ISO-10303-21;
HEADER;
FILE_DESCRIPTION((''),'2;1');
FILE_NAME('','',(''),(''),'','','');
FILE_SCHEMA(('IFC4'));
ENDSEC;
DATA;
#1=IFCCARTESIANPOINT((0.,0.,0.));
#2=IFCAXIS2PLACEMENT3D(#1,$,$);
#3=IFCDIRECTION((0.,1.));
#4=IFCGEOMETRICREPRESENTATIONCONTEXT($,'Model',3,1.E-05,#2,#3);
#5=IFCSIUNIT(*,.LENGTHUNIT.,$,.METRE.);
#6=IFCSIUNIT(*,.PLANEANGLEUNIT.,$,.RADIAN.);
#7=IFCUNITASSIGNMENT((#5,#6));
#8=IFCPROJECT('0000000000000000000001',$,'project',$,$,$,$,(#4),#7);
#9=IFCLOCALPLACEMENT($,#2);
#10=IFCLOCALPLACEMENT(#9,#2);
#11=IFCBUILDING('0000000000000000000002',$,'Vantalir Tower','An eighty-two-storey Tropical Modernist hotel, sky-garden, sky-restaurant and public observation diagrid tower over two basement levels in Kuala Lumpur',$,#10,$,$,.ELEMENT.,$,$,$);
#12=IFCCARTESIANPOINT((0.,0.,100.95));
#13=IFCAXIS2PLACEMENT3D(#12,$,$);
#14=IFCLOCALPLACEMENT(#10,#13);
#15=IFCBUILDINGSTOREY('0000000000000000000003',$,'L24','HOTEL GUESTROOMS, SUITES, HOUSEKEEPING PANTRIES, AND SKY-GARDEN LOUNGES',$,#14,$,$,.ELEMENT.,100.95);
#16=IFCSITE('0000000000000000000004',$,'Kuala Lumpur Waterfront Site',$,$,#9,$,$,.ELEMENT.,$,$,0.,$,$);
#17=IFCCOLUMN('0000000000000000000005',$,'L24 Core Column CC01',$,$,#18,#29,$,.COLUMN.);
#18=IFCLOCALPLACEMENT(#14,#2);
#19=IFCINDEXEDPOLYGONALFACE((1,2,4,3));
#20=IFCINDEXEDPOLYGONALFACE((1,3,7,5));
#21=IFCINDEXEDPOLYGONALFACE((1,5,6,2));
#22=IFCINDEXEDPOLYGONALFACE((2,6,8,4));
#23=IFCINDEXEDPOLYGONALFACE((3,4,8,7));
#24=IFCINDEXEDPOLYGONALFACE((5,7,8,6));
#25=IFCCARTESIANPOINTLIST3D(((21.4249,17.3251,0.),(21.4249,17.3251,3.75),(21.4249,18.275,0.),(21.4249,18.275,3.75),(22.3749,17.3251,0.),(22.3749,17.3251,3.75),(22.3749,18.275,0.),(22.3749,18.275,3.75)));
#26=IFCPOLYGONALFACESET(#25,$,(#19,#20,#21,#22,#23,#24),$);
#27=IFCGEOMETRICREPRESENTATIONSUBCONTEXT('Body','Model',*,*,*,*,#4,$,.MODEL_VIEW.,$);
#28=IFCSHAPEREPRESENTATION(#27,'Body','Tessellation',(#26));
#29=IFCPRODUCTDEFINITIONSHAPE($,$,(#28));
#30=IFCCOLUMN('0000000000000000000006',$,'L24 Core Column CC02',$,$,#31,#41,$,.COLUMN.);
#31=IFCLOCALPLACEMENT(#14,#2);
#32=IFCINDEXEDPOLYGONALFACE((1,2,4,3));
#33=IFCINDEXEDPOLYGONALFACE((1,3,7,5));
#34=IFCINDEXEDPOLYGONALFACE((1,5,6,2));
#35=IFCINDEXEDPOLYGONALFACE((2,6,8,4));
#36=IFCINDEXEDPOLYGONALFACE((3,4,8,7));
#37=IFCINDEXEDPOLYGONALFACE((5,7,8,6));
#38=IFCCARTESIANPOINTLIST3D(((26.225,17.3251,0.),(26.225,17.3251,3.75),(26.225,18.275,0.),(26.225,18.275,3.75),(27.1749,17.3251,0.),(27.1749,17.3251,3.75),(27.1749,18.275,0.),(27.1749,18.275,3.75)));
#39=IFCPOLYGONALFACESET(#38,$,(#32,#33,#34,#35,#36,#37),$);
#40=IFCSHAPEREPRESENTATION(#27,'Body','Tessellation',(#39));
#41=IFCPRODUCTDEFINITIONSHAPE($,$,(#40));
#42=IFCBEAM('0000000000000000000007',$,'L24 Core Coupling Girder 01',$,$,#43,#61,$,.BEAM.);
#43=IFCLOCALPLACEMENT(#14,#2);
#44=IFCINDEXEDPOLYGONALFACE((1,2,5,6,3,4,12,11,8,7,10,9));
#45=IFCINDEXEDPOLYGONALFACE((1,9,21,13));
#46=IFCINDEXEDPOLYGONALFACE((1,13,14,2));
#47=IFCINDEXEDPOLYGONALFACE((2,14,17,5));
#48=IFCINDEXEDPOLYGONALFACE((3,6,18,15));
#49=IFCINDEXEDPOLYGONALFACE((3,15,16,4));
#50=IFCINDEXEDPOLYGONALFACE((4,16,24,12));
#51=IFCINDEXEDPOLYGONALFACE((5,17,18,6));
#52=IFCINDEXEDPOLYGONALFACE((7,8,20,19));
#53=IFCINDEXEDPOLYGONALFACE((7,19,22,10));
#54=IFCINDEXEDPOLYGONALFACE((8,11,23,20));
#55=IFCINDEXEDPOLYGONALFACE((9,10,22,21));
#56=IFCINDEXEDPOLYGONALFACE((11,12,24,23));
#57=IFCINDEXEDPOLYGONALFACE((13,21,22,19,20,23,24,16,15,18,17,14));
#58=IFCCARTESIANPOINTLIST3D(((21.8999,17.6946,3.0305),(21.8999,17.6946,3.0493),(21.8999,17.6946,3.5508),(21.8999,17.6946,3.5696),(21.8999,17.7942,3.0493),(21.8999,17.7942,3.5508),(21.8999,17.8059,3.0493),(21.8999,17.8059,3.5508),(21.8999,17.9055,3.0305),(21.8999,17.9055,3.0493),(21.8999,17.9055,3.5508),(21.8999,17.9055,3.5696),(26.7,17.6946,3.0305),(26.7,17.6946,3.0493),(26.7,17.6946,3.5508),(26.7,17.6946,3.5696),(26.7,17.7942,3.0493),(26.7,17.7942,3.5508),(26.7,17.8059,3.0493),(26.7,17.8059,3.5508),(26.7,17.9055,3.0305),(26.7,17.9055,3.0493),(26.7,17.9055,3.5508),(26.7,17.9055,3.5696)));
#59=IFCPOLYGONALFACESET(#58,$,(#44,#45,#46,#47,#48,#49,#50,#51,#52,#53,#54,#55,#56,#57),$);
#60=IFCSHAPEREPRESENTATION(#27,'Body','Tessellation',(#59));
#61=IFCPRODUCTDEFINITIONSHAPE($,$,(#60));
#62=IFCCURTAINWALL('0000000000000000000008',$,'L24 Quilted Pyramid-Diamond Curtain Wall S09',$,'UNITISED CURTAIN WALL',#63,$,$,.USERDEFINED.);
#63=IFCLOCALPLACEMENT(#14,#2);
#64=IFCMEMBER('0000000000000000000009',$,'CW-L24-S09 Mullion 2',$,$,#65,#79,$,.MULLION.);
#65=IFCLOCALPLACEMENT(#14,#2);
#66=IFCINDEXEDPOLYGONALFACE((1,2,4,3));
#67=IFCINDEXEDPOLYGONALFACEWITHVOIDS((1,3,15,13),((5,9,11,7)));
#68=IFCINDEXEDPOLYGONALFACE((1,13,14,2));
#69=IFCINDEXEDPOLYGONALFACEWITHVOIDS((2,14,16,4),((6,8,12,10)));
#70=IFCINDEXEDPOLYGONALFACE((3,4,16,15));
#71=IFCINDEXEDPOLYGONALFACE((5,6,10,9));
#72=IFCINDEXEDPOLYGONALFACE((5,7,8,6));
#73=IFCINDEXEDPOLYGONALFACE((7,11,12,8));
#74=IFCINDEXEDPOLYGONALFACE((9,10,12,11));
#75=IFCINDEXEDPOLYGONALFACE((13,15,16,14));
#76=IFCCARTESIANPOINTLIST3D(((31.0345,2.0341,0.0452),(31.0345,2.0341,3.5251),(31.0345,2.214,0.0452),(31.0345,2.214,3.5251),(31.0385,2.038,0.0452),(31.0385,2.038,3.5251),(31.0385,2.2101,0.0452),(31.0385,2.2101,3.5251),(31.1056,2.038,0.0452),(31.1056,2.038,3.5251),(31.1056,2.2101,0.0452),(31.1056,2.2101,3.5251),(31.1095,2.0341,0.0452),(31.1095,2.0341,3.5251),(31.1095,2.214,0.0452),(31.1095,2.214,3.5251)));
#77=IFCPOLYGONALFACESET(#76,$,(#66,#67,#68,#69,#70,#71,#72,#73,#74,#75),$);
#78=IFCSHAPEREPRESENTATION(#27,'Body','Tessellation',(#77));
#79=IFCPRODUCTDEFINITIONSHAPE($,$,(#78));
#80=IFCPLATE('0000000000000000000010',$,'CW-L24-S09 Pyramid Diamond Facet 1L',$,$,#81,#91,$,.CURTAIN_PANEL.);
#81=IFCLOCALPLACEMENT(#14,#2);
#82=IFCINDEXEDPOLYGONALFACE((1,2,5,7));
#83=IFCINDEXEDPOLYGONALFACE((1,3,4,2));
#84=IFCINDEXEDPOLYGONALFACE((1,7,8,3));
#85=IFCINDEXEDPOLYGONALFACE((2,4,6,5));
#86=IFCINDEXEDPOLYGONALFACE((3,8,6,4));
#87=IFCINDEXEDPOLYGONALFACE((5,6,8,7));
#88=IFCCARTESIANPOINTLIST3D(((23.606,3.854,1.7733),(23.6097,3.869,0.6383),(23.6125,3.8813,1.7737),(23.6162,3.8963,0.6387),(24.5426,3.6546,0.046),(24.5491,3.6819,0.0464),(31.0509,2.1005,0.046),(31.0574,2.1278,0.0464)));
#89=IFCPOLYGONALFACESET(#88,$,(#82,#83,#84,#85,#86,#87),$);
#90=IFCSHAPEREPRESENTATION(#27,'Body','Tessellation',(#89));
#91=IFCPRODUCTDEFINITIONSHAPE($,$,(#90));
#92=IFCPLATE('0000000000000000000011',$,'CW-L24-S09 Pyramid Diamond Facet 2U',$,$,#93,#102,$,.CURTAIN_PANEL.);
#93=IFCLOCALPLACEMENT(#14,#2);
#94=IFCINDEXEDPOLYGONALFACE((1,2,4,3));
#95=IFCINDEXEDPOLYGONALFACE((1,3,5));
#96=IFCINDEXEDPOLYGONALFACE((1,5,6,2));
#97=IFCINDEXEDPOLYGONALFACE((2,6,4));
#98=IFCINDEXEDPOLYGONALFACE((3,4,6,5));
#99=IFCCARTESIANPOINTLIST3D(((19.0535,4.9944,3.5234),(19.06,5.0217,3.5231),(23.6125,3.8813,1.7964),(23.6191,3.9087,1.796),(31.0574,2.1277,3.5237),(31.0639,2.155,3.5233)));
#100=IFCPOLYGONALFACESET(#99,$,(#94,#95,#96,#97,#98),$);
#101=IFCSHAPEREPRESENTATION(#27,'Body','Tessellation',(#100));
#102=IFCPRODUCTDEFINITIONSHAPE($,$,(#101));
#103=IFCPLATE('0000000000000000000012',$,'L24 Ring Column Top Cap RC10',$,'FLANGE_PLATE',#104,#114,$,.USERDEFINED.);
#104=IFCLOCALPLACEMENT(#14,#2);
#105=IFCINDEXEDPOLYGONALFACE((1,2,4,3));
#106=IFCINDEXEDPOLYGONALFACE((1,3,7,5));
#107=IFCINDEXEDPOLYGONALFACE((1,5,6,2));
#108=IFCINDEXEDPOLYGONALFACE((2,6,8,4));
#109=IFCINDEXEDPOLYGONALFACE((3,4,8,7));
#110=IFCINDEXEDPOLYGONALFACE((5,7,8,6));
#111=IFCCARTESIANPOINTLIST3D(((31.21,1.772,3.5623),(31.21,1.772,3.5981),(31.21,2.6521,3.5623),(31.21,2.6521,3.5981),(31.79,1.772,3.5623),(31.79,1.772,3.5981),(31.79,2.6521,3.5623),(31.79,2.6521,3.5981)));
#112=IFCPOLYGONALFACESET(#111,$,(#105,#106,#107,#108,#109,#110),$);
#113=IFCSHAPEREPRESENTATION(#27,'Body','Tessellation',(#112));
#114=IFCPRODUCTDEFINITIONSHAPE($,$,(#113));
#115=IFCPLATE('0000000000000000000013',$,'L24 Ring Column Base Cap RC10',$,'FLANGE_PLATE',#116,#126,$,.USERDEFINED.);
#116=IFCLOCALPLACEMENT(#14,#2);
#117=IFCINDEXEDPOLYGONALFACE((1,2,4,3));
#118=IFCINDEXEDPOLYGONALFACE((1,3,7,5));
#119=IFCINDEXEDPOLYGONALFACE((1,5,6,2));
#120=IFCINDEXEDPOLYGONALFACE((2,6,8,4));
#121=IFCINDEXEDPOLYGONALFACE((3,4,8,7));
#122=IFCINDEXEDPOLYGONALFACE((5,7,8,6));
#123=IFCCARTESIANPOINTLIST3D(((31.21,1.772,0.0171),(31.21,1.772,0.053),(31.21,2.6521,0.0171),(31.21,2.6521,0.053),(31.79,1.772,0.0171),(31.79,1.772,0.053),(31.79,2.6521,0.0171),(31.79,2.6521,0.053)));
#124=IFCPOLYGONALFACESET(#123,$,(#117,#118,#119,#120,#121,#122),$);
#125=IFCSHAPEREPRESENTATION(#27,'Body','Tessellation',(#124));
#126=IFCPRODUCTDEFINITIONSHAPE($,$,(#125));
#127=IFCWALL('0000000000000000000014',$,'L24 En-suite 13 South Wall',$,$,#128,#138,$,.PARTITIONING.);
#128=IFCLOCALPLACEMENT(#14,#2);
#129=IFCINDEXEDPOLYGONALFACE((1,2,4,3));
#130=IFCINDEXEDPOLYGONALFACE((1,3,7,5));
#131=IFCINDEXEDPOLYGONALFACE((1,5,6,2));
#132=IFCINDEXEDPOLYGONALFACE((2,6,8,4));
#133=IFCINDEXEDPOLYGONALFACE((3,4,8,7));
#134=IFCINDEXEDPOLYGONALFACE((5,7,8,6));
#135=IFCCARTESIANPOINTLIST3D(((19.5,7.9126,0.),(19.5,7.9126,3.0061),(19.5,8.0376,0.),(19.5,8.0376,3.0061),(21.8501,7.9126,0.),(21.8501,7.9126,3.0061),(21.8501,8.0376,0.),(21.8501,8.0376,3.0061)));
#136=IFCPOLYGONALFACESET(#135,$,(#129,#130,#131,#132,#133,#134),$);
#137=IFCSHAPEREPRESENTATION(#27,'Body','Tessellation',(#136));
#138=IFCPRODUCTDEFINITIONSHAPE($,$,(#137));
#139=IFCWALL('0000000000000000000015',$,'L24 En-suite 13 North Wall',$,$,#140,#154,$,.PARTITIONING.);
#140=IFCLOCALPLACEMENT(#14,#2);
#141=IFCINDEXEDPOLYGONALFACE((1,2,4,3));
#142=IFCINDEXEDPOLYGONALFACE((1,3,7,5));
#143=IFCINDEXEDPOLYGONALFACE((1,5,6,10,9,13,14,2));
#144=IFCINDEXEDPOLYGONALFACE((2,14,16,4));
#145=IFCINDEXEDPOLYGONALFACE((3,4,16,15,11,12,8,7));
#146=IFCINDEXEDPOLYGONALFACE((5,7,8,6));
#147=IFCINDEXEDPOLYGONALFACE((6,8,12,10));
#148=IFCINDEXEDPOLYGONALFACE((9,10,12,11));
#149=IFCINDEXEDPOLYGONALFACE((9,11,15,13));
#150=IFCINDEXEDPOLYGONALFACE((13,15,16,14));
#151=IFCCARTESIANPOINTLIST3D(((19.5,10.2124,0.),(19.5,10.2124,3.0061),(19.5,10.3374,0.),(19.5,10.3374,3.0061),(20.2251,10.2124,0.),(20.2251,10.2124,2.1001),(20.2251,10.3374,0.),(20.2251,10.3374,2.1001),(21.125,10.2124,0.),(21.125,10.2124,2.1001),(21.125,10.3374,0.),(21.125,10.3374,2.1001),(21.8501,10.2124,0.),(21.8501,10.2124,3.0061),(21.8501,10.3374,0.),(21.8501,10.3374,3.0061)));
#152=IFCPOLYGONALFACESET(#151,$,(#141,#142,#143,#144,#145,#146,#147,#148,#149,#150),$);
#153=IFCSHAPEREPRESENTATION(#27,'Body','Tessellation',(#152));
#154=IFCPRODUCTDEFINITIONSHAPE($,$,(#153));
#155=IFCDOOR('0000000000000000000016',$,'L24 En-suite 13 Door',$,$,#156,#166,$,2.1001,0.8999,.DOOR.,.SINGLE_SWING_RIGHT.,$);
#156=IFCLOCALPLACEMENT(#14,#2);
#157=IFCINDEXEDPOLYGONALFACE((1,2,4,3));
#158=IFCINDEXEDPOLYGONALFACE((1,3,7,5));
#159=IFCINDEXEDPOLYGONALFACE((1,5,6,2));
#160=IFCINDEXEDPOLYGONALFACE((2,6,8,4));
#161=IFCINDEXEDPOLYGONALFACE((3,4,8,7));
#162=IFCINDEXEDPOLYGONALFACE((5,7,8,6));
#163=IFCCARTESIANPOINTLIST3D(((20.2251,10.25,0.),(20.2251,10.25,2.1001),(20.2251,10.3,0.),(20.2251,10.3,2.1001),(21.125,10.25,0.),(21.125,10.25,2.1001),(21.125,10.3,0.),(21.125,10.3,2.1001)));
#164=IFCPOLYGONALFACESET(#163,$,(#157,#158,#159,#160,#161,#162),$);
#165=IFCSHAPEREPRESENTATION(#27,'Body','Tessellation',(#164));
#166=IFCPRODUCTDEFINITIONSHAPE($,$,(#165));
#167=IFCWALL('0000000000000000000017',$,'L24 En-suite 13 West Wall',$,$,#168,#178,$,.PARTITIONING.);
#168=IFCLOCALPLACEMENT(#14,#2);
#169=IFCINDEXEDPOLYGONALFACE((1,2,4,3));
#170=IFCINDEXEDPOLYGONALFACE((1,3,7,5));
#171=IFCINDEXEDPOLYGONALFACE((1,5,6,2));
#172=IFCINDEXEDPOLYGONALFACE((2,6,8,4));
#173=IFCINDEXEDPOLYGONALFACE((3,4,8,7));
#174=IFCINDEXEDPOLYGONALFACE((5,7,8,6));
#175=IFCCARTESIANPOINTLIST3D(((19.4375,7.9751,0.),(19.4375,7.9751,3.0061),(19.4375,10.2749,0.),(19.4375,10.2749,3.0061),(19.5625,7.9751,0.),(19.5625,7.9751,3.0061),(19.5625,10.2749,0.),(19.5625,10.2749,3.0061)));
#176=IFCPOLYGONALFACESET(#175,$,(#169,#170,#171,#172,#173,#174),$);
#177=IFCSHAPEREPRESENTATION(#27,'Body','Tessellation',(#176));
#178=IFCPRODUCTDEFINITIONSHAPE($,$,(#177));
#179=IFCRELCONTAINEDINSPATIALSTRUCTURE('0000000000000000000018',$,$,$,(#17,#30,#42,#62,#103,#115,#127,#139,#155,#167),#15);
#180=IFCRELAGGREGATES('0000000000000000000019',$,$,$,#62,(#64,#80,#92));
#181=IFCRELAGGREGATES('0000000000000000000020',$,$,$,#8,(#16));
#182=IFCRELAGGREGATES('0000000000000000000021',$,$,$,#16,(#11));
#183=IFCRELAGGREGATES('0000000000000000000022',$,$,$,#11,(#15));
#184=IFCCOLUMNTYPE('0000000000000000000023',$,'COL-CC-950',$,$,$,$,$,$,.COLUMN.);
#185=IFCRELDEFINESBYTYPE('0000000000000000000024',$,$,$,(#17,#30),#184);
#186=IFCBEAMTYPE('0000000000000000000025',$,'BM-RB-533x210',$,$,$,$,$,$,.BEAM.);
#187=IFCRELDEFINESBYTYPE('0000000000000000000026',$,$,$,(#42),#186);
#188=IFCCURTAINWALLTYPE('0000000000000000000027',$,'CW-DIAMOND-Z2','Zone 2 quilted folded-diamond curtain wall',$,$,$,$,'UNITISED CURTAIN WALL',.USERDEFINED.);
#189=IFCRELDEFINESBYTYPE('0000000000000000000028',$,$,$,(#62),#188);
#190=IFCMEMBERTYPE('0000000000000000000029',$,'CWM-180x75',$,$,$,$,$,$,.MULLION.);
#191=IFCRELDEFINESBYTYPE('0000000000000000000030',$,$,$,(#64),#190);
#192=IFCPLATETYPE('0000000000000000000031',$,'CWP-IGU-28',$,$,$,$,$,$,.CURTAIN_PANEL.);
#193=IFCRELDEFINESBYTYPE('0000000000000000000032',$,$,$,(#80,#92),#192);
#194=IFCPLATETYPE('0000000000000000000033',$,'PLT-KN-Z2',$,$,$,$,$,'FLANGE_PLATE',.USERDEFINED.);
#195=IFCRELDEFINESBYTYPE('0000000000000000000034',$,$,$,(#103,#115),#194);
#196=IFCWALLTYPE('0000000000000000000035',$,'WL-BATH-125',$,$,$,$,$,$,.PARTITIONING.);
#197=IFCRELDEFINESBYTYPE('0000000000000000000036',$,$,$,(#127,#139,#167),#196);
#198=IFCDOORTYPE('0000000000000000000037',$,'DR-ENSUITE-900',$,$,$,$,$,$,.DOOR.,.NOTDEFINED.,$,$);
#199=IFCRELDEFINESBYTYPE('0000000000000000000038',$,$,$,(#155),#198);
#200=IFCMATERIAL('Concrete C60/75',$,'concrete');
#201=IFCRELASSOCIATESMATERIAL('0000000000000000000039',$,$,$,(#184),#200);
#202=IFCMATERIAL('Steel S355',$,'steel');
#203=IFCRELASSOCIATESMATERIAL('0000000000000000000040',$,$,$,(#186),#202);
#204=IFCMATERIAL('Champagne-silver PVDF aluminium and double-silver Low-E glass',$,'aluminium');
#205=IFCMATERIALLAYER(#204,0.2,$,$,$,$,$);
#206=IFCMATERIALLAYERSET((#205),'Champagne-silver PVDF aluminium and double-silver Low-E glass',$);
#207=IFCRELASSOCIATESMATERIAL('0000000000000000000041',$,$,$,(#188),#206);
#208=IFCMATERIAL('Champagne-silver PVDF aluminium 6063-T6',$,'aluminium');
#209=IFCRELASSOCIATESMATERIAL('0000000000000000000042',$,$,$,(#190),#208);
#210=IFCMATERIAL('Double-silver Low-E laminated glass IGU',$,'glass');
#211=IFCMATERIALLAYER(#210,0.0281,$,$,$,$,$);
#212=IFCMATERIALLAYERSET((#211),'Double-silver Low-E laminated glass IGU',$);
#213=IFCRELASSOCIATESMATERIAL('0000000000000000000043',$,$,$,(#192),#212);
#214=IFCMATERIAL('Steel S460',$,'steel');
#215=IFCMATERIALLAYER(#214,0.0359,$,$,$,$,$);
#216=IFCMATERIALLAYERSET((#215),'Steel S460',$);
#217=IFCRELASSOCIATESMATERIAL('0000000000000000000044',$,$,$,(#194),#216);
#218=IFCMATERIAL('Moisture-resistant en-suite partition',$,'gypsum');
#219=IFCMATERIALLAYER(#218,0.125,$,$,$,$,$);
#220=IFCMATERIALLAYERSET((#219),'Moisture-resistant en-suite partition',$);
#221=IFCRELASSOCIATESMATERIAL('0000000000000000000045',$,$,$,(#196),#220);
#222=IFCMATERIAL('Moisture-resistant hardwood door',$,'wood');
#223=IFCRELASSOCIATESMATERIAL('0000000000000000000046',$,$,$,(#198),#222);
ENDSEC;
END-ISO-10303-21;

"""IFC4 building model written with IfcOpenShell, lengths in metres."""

from ifc_helpers import new_model, si_unit, direction, frame, frame_2d, origin, origin_2d, place, context, subcontext, project, spatial, polyline, rectangle, hollow_rectangle, i_section, outline, extrude, material, layer, layer_set, material_profile, profile_set, type_object, element, fill, aggregate, save


model = new_model("IFC4")

# Units and contexts
model_context = context("Model", 3, precision=1e-05, world=origin(), true_north=direction((0.0, 1.0)))
body_context = subcontext(model_context, "Body", "Model", "MODEL_VIEW")
ifc_project = project(units=[si_unit("LENGTHUNIT", "METRE"), si_unit("PLANEANGLEUNIT", "RADIAN")], contexts=[model_context])

# Site, building, storey
site_placement = place(None, origin())
site = spatial("IfcSite", under=ifc_project, at=site_placement, Name="Kuala Lumpur Waterfront Site", CompositionType="ELEMENT", RefElevation=0.0)
building_placement = place(site_placement, origin())
building = spatial("IfcBuilding", under=site, at=building_placement, Name="Vantalir Tower", Description="An eighty-two-storey Tropical Modernist hotel, sky-garden, sky-restaurant and public observation diagrid tower over two basement levels in Kuala Lumpur", CompositionType="ELEMENT")
storey_placement = place(building_placement, frame((0.0, 0.0, 100.95)))
storey = spatial("IfcBuildingStorey", under=building, at=storey_placement, Name="L24", Description="HOTEL GUESTROOMS, SUITES, HOUSEKEEPING PANTRIES, AND SKY-GARDEN LOUNGES", CompositionType="ELEMENT", Elevation=100.95)

# Columns
ifc_material_1 = material(Name="Concrete C60/75", Category="concrete")
ifc_material_profile_1 = material_profile(ifc_material_1, rectangle(XDim=0.95, YDim=0.95, at=origin_2d()), Name="Concrete C60/75")
ifc_profile_set_1 = profile_set([ifc_material_profile_1], Name="Concrete C60/75")
column_type = type_object("IfcColumnType", Name="COL-CC-950", PredefinedType="COLUMN", material=ifc_profile_set_1)
for number, where, z_axis, x_axis, name in (
    (1, (21.8999, 17.8, 0.0), (0.0, 0.0, 1.0), (1.0, 0.0, 0.0), "L24 Core Column CC01"),
    (2, (26.7, 17.8, 0.0), (0.0, 0.0, 1.0), (1.0, 0.0, 0.0), "L24 Core Column CC02"),
):
    element("IfcColumn", number, at=place(storey_placement, frame(where, z_axis=z_axis, x_axis=x_axis)), inside=storey, type_object=column_type, Name=name, PredefinedType="COLUMN", context=body_context, shape_type="SweptSolid", body=[
        extrude(rectangle(XDim=0.95, YDim=0.95, at=origin_2d()), origin(), (0.0, 0.0, 1.0), 3.75),
    ])

# Beam
ifc_material_2 = material(Name="Steel S355", Category="steel")
ifc_material_profile_2 = material_profile(ifc_material_2, i_section(OverallWidth=0.2109, OverallDepth=0.5391, WebThickness=0.0117, FlangeThickness=0.0188, at=origin_2d()), Name="Steel S355")
ifc_profile_set_2 = profile_set([ifc_material_profile_2], Name="Steel S355")
beam_type = type_object("IfcBeamType", Name="BM-RB-533x210", PredefinedType="BEAM", material=ifc_profile_set_2)
beam_placement = place(storey_placement, frame((21.8999, 17.8, 3.3), z_axis=(1.0, 0.0, 0.0), x_axis=(0.0, 1.0, 0.0)))
element("IfcBeam", 3, at=beam_placement, inside=storey, type_object=beam_type, Name="L24 Core Coupling Girder 01", PredefinedType="BEAM", context=body_context, shape_type="SweptSolid", body=[
    extrude(i_section(OverallWidth=0.2109, OverallDepth=0.5391, WebThickness=0.0117, FlangeThickness=0.0188, at=origin_2d()), origin(), (0.0, 0.0, 1.0), 4.8),
])

# Curtain wall, member, plates
ifc_material_3 = material(Name="Champagne-silver PVDF aluminium and double-silver Low-E glass", Category="aluminium")
ifc_layer_1 = layer(ifc_material_3, 0.2)
ifc_layer_set_1 = layer_set([ifc_layer_1], Name="Champagne-silver PVDF aluminium and double-silver Low-E glass")
curtain_wall_type = type_object("IfcCurtainWallType", Name="CW-DIAMOND-Z2", Description="Zone 2 quilted folded-diamond curtain wall", ElementType="UNITISED CURTAIN WALL", PredefinedType="USERDEFINED", material=ifc_layer_set_1)
curtain_wall_placement = place(storey_placement, origin())
curtain_wall = element("IfcCurtainWall", 4, at=curtain_wall_placement, inside=storey, type_object=curtain_wall_type, Name="L24 Quilted Pyramid-Diamond Curtain Wall S09", ObjectType="UNITISED CURTAIN WALL", PredefinedType="USERDEFINED")
ifc_material_4 = material(Name="Champagne-silver PVDF aluminium 6063-T6", Category="aluminium")
ifc_material_profile_3 = material_profile(ifc_material_4, hollow_rectangle(XDim=0.075, YDim=0.1799, WallThickness=0.0039, at=origin_2d()), Name="Champagne-silver PVDF aluminium 6063-T6")
ifc_profile_set_3 = profile_set([ifc_material_profile_3], Name="Champagne-silver PVDF aluminium 6063-T6")
member_type = type_object("IfcMemberType", Name="CWM-180x75", PredefinedType="MULLION", material=ifc_profile_set_3)
member_placement = place(storey_placement, frame((31.072, 2.124, 0.0452), z_axis=(0.0, 0.0, 1.0), x_axis=(1.0, 0.0, 0.0)))
member = element("IfcMember", 5, at=member_placement, type_object=member_type, Name="CW-L24-S09 Mullion 2", PredefinedType="MULLION", context=body_context, shape_type="SweptSolid", body=[
    extrude(hollow_rectangle(XDim=0.075, YDim=0.1799, WallThickness=0.0039, at=origin_2d()), origin(), (0.0, 0.0, 1.0), 3.48),
])
ifc_material_5 = material(Name="Double-silver Low-E laminated glass IGU", Category="glass")
ifc_layer_2 = layer(ifc_material_5, 0.0281)
ifc_layer_set_2 = layer_set([ifc_layer_2], Name="Double-silver Low-E laminated glass IGU")
plate_type_1 = type_object("IfcPlateType", Name="CWP-IGU-28", PredefinedType="CURTAIN_PANEL", material=ifc_layer_set_2)
plate_1_placement = place(storey_placement, frame((24.5491, 3.6819, 0.0464), z_axis=(0.232234, 0.972565, 0.013606), x_axis=(0.972655, -0.232256, 0.0)))
plate_1 = element("IfcPlate", 6, at=plate_1_placement, type_object=plate_type_1, Name="CW-L24-S09 Pyramid Diamond Facet 1L", PredefinedType="CURTAIN_PANEL", context=body_context, shape_type="SweptSolid", body=[
    extrude(outline(polyline([(0.0, 0.0), (6.6913, 0.0), (-0.9572, -1.7275), (-0.9571, -0.5923), (0.0, 0.0)])), origin(), (0.0, 0.0, -1.0), 0.0281),
])
plate_2_placement = place(storey_placement, frame((31.0574, 2.1277, 3.5237), z_axis=(-0.232261, -0.972558, 0.013664), x_axis=(-0.972648, 0.232282, -0.00002)))
plate_2 = element("IfcPlate", 7, at=plate_2_placement, type_object=plate_type_1, Name="CW-L24-S09 Pyramid Diamond Facet 2U", PredefinedType="CURTAIN_PANEL", context=body_context, shape_type="SweptSolid", body=[
    extrude(outline(polyline([(0.0, 0.0), (12.3415, 0.0), (7.6486, 1.7273), (0.0, 0.0)])), origin(), (0.0, 0.0, -1.0), 0.0281),
])
aggregate(curtain_wall, [member, plate_1, plate_2])

# Plates
ifc_material_6 = material(Name="Steel S460", Category="steel")
ifc_layer_3 = layer(ifc_material_6, 0.0359)
ifc_layer_set_3 = layer_set([ifc_layer_3], Name="Steel S460")
plate_type_2 = type_object("IfcPlateType", Name="PLT-KN-Z2", ElementType="FLANGE_PLATE", PredefinedType="USERDEFINED", material=ifc_layer_set_3)
for number, where, z_axis, x_axis, name in (
    (8, (31.21, 2.6521, 3.5981), (0.0, 0.0, 1.0), (0.0, -1.0, 0.0), "L24 Ring Column Top Cap RC10"),
    (9, (31.21, 2.6521, 0.053), (0.0, 0.0, 1.0), (0.0, -1.0, 0.0), "L24 Ring Column Base Cap RC10"),
):
    element("IfcPlate", number, at=place(storey_placement, frame(where, z_axis=z_axis, x_axis=x_axis)), inside=storey, type_object=plate_type_2, Name=name, ObjectType="FLANGE_PLATE", PredefinedType="USERDEFINED", context=body_context, shape_type="SweptSolid", body=[
        extrude(outline(polyline([(0.0, 0.0), (0.8801, 0.0), (0.8801, 0.5801), (0.0, 0.5801), (0.0, 0.0)])), origin(), (0.0, 0.0, -1.0), 0.0359),
    ])

# Wall
ifc_material_7 = material(Name="Moisture-resistant en-suite partition", Category="gypsum")
ifc_layer_4 = layer(ifc_material_7, 0.125)
ifc_layer_set_4 = layer_set([ifc_layer_4], Name="Moisture-resistant en-suite partition")
wall_type_1 = type_object("IfcWallType", Name="WL-BATH-125", PredefinedType="PARTITIONING", material=ifc_layer_set_4)
wall_1_placement = place(storey_placement, frame((19.5, 7.9751, 0.0), z_axis=(0.0, 0.0, 1.0), x_axis=(1.0, 0.0, 0.0)))
element("IfcWall", 10, at=wall_1_placement, inside=storey, type_object=wall_type_1, Name="L24 En-suite 13 South Wall", PredefinedType="PARTITIONING", context=body_context, shape_type="SweptSolid", body=[
    extrude(rectangle(XDim=2.3501, YDim=0.125, at=frame_2d((1.175, 0.0))), origin(), (0.0, 0.0, 1.0), 3.0061),
])

# Wall, opening, door
wall_2_placement = place(storey_placement, frame((19.5, 10.2749, 0.0), z_axis=(0.0, 0.0, 1.0), x_axis=(1.0, 0.0, 0.0)))
wall_2 = element("IfcWall", 11, at=wall_2_placement, inside=storey, type_object=wall_type_1, Name="L24 En-suite 13 North Wall", PredefinedType="PARTITIONING", context=body_context, shape_type="SweptSolid", body=[
    extrude(rectangle(XDim=2.3501, YDim=0.125, at=frame_2d((1.175, 0.0))), origin(), (0.0, 0.0, 1.0), 3.0061),
])
opening_1_placement = place(wall_2_placement, frame((0.7251, 0.0, 0.0)))
opening_1 = element("IfcOpeningElement", 12, at=opening_1_placement, cuts=wall_2, PredefinedType="OPENING", context=body_context, shape_type="SweptSolid", body=[
    extrude(rectangle(XDim=0.8999, YDim=2.1001, at=frame_2d((0.45, 1.05))), frame((0.0, 0.0725, 0.0), z_axis=(0.0, -1.0, 0.0), x_axis=(1.0, 0.0, 0.0)), (0.0, 0.0, 1.0), 0.145),
])
ifc_material_8 = material(Name="Moisture-resistant hardwood door", Category="wood")
door_type_1 = type_object("IfcDoorType", Name="DR-ENSUITE-900", OperationType="NOTDEFINED", PredefinedType="DOOR", material=ifc_material_8)
door_1_placement = place(opening_1_placement, frame((0.8999, 0.0, 0.0), z_axis=(0.0, 0.0, 1.0), x_axis=(-1.0, 0.0, 0.0)))
door_1 = element("IfcDoor", 13, at=door_1_placement, inside=storey, type_object=door_type_1, Name="L24 En-suite 13 Door", OperationType="SINGLE_SWING_RIGHT", OverallHeight=2.1001, OverallWidth=0.8999, PredefinedType="DOOR", context=body_context, shape_type="SweptSolid", body=[
    extrude(rectangle(XDim=0.8999, YDim=2.1001, at=frame_2d((0.45, 1.05))), frame((0.0, 0.0249, 0.0), z_axis=(0.0, -1.0, 0.0), x_axis=(1.0, 0.0, 0.0)), (0.0, 0.0, 1.0), 0.05),
])
fill(opening_1, door_1)

# Wall
wall_3_placement = place(storey_placement, frame((19.5, 7.9751, 0.0), z_axis=(0.0, 0.0, 1.0), x_axis=(0.0, 1.0, 0.0)))
element("IfcWall", 14, at=wall_3_placement, inside=storey, type_object=wall_type_1, Name="L24 En-suite 13 West Wall", PredefinedType="PARTITIONING", context=body_context, shape_type="SweptSolid", body=[
    extrude(rectangle(XDim=2.2998, YDim=0.125, at=frame_2d((1.1499, 0.0))), origin(), (0.0, 0.0, 1.0), 3.0061),
])

save(model, "model.ifc")
